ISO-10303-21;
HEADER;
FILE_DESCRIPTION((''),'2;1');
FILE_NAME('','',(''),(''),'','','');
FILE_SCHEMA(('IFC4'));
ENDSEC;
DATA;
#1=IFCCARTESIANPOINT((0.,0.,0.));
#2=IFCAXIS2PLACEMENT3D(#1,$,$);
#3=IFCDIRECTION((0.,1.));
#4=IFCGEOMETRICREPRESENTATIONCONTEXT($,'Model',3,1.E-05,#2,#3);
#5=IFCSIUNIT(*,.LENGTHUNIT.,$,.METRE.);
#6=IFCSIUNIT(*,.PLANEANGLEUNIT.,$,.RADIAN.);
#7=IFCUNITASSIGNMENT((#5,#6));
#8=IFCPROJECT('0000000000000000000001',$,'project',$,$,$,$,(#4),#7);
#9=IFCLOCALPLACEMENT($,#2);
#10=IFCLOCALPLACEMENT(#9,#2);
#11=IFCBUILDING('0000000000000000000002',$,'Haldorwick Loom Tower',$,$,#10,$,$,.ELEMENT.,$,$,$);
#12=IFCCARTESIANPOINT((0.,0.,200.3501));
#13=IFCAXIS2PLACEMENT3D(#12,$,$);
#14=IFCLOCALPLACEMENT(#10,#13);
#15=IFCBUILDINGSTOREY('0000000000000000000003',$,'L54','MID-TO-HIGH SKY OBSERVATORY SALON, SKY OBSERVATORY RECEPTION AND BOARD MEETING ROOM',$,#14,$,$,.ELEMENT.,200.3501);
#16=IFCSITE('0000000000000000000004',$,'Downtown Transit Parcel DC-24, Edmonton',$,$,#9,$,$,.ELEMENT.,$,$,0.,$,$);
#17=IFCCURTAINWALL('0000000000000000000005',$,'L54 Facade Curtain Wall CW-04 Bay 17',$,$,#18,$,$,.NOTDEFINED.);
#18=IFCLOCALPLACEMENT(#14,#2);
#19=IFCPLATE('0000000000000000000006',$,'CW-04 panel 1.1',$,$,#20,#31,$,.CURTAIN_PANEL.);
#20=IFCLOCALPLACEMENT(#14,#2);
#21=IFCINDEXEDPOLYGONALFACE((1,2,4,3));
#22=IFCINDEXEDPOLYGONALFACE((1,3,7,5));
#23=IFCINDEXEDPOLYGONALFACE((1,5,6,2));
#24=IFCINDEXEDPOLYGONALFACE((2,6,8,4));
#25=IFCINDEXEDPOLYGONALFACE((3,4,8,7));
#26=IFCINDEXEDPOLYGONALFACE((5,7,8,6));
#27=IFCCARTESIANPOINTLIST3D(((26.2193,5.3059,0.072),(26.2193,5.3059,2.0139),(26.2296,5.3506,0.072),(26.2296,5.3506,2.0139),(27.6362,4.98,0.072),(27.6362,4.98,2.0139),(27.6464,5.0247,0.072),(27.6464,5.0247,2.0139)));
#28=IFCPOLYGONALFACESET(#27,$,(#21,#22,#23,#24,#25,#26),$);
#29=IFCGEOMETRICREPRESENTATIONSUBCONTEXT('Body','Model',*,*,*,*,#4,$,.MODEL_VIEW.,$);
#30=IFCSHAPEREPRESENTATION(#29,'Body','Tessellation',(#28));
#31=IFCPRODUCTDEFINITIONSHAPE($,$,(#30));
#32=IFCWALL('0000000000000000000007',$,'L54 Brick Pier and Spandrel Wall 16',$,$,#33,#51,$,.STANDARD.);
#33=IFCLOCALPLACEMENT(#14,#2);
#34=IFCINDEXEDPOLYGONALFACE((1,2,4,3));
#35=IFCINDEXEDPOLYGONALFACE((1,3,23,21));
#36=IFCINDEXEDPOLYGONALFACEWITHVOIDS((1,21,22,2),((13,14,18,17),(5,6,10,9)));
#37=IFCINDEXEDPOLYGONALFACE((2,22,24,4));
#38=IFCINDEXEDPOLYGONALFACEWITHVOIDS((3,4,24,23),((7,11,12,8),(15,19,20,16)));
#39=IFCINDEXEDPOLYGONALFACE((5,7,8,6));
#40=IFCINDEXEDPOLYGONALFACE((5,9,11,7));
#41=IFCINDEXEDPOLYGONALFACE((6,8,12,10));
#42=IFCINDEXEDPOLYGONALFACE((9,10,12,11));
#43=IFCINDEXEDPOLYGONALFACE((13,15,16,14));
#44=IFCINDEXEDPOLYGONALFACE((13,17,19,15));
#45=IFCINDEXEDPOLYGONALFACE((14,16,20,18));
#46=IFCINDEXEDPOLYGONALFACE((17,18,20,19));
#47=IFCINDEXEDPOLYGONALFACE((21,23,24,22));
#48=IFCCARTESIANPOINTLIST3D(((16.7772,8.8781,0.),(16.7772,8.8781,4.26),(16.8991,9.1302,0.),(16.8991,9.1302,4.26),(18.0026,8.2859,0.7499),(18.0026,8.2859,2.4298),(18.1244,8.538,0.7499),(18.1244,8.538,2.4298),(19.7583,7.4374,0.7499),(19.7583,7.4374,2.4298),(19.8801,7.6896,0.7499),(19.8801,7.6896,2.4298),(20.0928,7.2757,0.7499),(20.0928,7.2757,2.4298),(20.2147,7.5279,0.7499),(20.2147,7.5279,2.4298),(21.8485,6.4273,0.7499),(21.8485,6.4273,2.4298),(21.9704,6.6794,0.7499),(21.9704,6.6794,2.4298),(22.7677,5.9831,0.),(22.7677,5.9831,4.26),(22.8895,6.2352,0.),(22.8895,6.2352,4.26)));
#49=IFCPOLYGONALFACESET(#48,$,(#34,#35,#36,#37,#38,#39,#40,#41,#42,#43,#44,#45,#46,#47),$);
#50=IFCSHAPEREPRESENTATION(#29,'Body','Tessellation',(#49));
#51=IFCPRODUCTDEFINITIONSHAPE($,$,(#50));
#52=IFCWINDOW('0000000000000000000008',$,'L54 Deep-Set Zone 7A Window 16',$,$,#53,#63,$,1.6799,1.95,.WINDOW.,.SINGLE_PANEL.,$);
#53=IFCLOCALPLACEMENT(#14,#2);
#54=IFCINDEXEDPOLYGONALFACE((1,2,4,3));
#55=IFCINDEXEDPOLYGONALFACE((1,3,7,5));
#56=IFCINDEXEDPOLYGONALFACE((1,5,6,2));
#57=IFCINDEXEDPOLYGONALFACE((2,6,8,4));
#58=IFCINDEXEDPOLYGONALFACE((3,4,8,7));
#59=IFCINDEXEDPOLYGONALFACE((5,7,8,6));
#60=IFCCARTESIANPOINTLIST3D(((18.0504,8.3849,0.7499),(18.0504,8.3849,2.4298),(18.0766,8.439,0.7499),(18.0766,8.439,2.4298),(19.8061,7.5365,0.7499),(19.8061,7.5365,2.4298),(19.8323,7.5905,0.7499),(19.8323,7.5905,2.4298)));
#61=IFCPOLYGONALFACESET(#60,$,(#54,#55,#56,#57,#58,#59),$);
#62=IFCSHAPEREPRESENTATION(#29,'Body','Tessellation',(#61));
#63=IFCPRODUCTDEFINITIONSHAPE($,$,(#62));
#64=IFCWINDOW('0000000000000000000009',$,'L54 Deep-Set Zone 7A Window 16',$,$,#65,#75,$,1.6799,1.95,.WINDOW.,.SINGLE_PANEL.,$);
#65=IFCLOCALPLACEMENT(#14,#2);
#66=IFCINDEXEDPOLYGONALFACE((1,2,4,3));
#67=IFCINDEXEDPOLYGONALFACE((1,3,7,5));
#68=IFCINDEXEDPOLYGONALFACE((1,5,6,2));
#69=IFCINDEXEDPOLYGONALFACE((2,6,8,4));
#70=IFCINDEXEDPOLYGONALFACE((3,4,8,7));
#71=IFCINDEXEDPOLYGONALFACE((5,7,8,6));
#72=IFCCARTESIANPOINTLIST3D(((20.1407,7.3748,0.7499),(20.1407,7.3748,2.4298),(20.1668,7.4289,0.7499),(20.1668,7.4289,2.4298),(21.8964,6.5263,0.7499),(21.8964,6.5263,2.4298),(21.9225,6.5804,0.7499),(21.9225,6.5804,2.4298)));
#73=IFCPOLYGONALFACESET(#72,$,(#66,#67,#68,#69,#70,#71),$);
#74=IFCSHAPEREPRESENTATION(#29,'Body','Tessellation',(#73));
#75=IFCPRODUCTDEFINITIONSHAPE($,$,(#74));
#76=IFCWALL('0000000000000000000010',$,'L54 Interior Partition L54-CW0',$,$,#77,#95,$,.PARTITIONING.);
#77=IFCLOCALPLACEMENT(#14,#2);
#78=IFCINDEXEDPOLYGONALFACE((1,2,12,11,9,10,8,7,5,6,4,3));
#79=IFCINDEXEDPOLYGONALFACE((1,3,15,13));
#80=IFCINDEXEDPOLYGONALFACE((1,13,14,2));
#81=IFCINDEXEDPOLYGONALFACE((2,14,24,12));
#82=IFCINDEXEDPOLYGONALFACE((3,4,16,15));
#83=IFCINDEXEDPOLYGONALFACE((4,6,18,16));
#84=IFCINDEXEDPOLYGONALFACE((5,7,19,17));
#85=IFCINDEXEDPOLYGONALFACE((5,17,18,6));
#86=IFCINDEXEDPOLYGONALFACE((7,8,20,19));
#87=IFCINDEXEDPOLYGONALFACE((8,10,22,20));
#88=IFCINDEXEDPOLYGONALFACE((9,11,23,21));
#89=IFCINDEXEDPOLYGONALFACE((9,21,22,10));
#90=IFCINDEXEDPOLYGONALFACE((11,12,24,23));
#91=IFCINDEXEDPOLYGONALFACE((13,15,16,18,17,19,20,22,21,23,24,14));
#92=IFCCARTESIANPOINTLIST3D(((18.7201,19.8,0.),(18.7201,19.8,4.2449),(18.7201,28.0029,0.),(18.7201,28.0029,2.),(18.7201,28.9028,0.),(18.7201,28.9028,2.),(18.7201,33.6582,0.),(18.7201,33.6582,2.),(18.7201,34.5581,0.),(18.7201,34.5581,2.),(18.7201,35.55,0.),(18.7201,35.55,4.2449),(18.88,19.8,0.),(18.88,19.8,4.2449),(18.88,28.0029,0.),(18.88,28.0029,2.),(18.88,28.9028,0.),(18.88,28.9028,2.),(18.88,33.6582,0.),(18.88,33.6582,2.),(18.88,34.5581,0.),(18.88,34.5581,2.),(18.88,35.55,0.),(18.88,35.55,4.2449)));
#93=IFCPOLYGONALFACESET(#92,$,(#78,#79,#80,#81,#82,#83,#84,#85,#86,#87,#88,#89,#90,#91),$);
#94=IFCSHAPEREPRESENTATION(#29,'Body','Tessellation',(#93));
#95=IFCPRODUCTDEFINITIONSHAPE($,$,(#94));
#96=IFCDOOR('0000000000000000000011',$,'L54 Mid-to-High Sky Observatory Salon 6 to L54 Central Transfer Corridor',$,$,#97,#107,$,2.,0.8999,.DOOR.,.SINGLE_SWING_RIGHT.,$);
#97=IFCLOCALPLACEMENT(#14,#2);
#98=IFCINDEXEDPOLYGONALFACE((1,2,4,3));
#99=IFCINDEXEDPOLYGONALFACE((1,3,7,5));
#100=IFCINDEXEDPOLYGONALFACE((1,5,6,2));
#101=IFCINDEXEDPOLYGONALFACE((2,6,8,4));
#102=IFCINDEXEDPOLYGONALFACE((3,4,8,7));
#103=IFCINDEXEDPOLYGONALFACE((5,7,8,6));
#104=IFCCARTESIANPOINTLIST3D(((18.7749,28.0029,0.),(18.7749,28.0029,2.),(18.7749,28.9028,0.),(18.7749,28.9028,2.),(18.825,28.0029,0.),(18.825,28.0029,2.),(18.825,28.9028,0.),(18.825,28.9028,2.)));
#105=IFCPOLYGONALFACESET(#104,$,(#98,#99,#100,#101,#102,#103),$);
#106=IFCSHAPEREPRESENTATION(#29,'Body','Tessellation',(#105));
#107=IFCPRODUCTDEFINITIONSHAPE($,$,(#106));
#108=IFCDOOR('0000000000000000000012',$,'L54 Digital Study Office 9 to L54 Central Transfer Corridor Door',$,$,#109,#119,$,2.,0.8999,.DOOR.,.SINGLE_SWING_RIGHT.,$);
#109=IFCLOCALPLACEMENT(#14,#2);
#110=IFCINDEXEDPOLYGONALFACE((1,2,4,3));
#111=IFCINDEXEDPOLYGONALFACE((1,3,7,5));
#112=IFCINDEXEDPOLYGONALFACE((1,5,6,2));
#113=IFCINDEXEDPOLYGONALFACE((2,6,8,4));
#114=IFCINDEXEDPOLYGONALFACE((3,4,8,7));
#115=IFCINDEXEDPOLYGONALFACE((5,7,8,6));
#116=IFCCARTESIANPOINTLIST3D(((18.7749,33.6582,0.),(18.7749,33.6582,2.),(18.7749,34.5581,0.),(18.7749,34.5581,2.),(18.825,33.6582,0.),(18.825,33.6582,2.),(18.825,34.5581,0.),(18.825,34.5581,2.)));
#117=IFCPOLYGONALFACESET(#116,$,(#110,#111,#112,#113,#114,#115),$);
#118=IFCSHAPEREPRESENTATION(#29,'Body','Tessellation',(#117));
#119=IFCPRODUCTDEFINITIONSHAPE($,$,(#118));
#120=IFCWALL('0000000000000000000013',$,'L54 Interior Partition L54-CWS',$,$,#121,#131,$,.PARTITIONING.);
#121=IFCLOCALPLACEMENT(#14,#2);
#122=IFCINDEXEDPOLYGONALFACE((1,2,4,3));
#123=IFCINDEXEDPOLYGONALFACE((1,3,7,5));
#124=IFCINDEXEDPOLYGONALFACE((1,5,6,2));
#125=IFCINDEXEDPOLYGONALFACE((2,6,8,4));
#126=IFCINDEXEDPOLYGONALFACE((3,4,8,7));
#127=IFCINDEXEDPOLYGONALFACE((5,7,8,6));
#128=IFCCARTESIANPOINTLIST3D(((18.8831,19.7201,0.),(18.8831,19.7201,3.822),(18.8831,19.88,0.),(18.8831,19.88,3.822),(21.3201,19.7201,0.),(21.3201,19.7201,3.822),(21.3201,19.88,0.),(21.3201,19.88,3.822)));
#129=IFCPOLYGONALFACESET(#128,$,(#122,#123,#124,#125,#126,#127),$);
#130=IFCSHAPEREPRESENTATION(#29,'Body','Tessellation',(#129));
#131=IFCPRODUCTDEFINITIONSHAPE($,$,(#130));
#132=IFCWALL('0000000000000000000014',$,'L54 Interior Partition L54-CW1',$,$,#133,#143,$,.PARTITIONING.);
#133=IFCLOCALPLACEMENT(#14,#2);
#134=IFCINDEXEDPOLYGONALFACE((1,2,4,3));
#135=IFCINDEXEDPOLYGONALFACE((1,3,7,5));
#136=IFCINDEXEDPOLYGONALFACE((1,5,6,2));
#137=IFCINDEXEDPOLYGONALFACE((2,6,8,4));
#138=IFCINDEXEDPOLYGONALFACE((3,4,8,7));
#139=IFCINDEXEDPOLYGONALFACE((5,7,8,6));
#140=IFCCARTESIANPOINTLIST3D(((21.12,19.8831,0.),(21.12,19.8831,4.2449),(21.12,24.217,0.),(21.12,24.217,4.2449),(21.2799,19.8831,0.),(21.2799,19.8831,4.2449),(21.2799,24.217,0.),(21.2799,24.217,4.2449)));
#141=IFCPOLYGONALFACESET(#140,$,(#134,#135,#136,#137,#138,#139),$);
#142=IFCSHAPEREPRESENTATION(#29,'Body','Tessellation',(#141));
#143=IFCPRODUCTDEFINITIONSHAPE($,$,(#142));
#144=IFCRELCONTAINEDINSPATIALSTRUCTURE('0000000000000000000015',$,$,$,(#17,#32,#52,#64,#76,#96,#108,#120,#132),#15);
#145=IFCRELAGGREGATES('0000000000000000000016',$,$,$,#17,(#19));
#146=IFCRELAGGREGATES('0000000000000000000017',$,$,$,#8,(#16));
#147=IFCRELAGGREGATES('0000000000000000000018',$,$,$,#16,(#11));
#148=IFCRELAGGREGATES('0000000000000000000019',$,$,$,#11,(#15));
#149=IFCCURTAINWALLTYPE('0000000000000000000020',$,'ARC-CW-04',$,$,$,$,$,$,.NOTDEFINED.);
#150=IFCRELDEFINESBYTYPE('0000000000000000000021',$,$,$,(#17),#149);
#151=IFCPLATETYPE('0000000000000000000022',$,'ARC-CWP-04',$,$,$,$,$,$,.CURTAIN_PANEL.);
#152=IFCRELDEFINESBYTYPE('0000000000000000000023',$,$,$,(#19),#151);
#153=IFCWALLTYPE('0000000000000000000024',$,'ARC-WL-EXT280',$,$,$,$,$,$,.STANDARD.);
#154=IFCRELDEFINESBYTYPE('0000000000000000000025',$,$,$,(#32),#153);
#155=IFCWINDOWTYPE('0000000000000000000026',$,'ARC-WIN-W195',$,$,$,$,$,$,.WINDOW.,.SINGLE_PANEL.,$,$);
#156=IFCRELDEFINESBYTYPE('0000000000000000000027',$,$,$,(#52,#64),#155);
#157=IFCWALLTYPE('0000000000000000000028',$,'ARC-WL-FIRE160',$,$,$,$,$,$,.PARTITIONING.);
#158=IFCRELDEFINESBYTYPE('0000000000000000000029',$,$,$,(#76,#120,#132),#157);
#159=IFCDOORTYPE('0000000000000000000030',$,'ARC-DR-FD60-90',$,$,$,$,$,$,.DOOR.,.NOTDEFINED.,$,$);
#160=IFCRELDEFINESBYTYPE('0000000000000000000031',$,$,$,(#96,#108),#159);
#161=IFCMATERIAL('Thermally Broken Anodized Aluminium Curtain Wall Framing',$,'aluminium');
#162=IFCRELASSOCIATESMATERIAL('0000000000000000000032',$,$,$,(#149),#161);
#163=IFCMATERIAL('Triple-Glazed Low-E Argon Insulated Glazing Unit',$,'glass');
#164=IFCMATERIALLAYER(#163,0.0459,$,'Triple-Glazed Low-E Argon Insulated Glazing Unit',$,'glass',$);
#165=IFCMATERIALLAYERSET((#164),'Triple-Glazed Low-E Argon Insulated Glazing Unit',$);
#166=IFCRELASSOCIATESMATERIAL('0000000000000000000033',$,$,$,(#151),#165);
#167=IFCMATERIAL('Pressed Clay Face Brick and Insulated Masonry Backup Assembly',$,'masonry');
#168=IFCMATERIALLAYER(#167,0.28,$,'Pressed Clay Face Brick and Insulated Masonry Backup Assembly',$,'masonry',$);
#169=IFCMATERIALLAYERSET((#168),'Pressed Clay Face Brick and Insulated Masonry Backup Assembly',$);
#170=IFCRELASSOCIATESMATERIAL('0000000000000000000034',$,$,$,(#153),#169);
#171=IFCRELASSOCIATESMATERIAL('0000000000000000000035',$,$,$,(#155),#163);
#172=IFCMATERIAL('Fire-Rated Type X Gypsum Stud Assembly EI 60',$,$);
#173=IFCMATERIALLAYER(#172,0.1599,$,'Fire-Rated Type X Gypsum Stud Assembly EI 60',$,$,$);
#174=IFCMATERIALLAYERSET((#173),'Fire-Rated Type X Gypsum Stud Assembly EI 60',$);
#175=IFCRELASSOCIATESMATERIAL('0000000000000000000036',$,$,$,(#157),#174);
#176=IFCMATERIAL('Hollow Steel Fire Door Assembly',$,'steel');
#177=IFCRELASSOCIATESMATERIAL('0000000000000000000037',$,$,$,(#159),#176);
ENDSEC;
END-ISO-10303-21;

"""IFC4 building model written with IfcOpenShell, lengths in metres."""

from ifc_helpers import new_model, si_unit, direction, frame, frame_2d, origin, origin_2d, place, context, subcontext, project, spatial, rectangle, extrude, material, layer, layer_set, type_object, element, fill, aggregate, save


model = new_model("IFC4")

# Units and contexts
model_context = context("Model", 3, precision=1e-05, world=origin(), true_north=direction((0.0, 1.0)))
body_context = subcontext(model_context, "Body", "Model", "MODEL_VIEW")
ifc_project = project(units=[si_unit("LENGTHUNIT", "METRE"), si_unit("PLANEANGLEUNIT", "RADIAN")], contexts=[model_context])

# Site, building, storey
site_placement = place(None, origin())
site = spatial("IfcSite", under=ifc_project, at=site_placement, Name="Downtown Transit Parcel DC-24, Edmonton", CompositionType="ELEMENT", RefElevation=0.0)
building_placement = place(site_placement, origin())
building = spatial("IfcBuilding", under=site, at=building_placement, Name="Haldorwick Loom Tower", CompositionType="ELEMENT")
storey_placement = place(building_placement, frame((0.0, 0.0, 200.3501)))
storey = spatial("IfcBuildingStorey", under=building, at=storey_placement, Name="L54", Description="MID-TO-HIGH SKY OBSERVATORY SALON, SKY OBSERVATORY RECEPTION AND BOARD MEETING ROOM", CompositionType="ELEMENT", Elevation=200.3501)

# Curtain wall
ifc_material_1 = material(Name="Thermally Broken Anodized Aluminium Curtain Wall Framing", Category="aluminium")
curtain_wall_type = type_object("IfcCurtainWallType", Name="ARC-CW-04", PredefinedType="NOTDEFINED", material=ifc_material_1)
curtain_wall_placement = place(storey_placement, origin())
curtain_wall = element("IfcCurtainWall", 1, at=curtain_wall_placement, inside=storey, type_object=curtain_wall_type, Name="L54 Facade Curtain Wall CW-04 Bay 17", PredefinedType="NOTDEFINED")

# Plate
ifc_material_2 = material(Name="Triple-Glazed Low-E Argon Insulated Glazing Unit", Category="glass")
ifc_layer_1 = layer(ifc_material_2, 0.0459, Name="Triple-Glazed Low-E Argon Insulated Glazing Unit", Category="glass")
ifc_layer_set_1 = layer_set([ifc_layer_1], Name="Triple-Glazed Low-E Argon Insulated Glazing Unit")
plate_type = type_object("IfcPlateType", Name="ARC-CWP-04", PredefinedType="CURTAIN_PANEL", material=ifc_layer_set_1)
plate_placement = place(storey_placement, frame((26.9329, 5.1653, 0.072), z_axis=(0.0, 0.0, 1.0), x_axis=(0.974557, -0.224142, 0.0)))
plate = element("IfcPlate", 2, at=plate_placement, type_object=plate_type, Name="CW-04 panel 1.1", PredefinedType="CURTAIN_PANEL", context=body_context, shape_type="SweptSolid", body=[
    extrude(rectangle(XDim=1.4539, YDim=0.0459, at=origin_2d()), origin(), (0.0, 0.0, 1.0), 1.9419),
])
aggregate(curtain_wall, [plate])

# Wall, openings, windows
ifc_material_3 = material(Name="Pressed Clay Face Brick and Insulated Masonry Backup Assembly", Category="masonry")
ifc_layer_2 = layer(ifc_material_3, 0.28, Name="Pressed Clay Face Brick and Insulated Masonry Backup Assembly", Category="masonry")
ifc_layer_set_2 = layer_set([ifc_layer_2], Name="Pressed Clay Face Brick and Insulated Masonry Backup Assembly")
wall_type_1 = type_object("IfcWallType", Name="ARC-WL-EXT280", PredefinedType="STANDARD", material=ifc_layer_set_2)
wall_1_placement = place(storey_placement, frame((16.8381, 9.0042, 0.0), z_axis=(0.0, 0.0, 1.0), x_axis=(0.900371, -0.435123, 0.0)))
wall_1 = element("IfcWall", 3, at=wall_1_placement, inside=storey, type_object=wall_type_1, Name="L54 Brick Pier and Spandrel Wall 16", PredefinedType="STANDARD", context=body_context, shape_type="SweptSolid", body=[
    extrude(rectangle(XDim=6.6533, YDim=0.28, at=frame_2d((3.3267, 0.0))), origin(), (0.0, 0.0, 1.0), 4.26),
])
opening_1_placement = place(wall_1_placement, frame((1.3608, 0.0, 0.75)))
opening_1 = element("IfcOpeningElement", 4, at=opening_1_placement, cuts=wall_1, PredefinedType="OPENING", context=body_context, shape_type="SweptSolid", body=[
    extrude(rectangle(XDim=1.95, YDim=1.6799, at=frame_2d((0.9751, 0.8398))), frame((0.0, 0.1499, 0.0), z_axis=(0.0, -1.0, 0.0), x_axis=(1.0, 0.0, 0.0)), (0.0, 0.0, 1.0), 0.3),
])
opening_2_placement = place(wall_1_placement, frame((3.6824, 0.0, 0.75)))
opening_2 = element("IfcOpeningElement", 5, at=opening_2_placement, cuts=wall_1, PredefinedType="OPENING", context=body_context, shape_type="SweptSolid", body=[
    extrude(rectangle(XDim=1.95, YDim=1.6799, at=frame_2d((0.9751, 0.8398))), frame((0.0, 0.1499, 0.0), z_axis=(0.0, -1.0, 0.0), x_axis=(1.0, 0.0, 0.0)), (0.0, 0.0, 1.0), 0.3),
])
window_type = type_object("IfcWindowType", Name="ARC-WIN-W195", PartitioningType="SINGLE_PANEL", PredefinedType="WINDOW", material=ifc_material_2)
window_1_placement = place(opening_1_placement, origin())
window_1 = element("IfcWindow", 6, at=window_1_placement, inside=storey, type_object=window_type, Name="L54 Deep-Set Zone 7A Window 16", OverallHeight=1.6799, OverallWidth=1.95, PartitioningType="SINGLE_PANEL", PredefinedType="WINDOW", context=body_context, shape_type="SweptSolid", body=[
    extrude(rectangle(XDim=1.95, YDim=1.6799, at=frame_2d((0.9751, 0.8398))), frame((0.0, 0.03, 0.0), z_axis=(0.0, -1.0, 0.0), x_axis=(1.0, 0.0, 0.0)), (0.0, 0.0, 1.0), 0.0601),
])
fill(opening_1, window_1)
window_2_placement = place(opening_2_placement, origin())
window_2 = element("IfcWindow", 7, at=window_2_placement, inside=storey, type_object=window_type, Name="L54 Deep-Set Zone 7A Window 16", OverallHeight=1.6799, OverallWidth=1.95, PartitioningType="SINGLE_PANEL", PredefinedType="WINDOW", context=body_context, shape_type="SweptSolid", body=[
    extrude(rectangle(XDim=1.95, YDim=1.6799, at=frame_2d((0.9751, 0.8398))), frame((0.0, 0.03, 0.0), z_axis=(0.0, -1.0, 0.0), x_axis=(1.0, 0.0, 0.0)), (0.0, 0.0, 1.0), 0.0601),
])
fill(opening_2, window_2)

# Wall, openings, doors
ifc_material_4 = material(Name="Fire-Rated Type X Gypsum Stud Assembly EI 60")
ifc_layer_3 = layer(ifc_material_4, 0.1599, Name="Fire-Rated Type X Gypsum Stud Assembly EI 60")
ifc_layer_set_3 = layer_set([ifc_layer_3], Name="Fire-Rated Type X Gypsum Stud Assembly EI 60")
wall_type_2 = type_object("IfcWallType", Name="ARC-WL-FIRE160", PredefinedType="PARTITIONING", material=ifc_layer_set_3)
wall_2_placement = place(storey_placement, frame((18.8, 19.8, 0.0), z_axis=(0.0, 0.0, 1.0), x_axis=(0.0, 1.0, 0.0)))
wall_2 = element("IfcWall", 8, at=wall_2_placement, inside=storey, type_object=wall_type_2, Name="L54 Interior Partition L54-CW0", PredefinedType="PARTITIONING", context=body_context, shape_type="SweptSolid", body=[
    extrude(rectangle(XDim=15.75, YDim=0.1599, at=frame_2d((7.875, 0.0))), origin(), (0.0, 0.0, 1.0), 4.2449),
])
opening_3_placement = place(wall_2_placement, frame((8.2029, 0.0, 0.0)))
opening_3 = element("IfcOpeningElement", 9, at=opening_3_placement, cuts=wall_2, PredefinedType="OPENING", context=body_context, shape_type="SweptSolid", body=[
    extrude(rectangle(XDim=0.8999, YDim=2.0, at=frame_2d((0.45, 1.0))), frame((0.0, 0.0898, 0.0), z_axis=(0.0, -1.0, 0.0), x_axis=(1.0, 0.0, 0.0)), (0.0, 0.0, 1.0), 0.1799),
])
opening_4_placement = place(wall_2_placement, frame((13.8582, 0.0, 0.0)))
opening_4 = element("IfcOpeningElement", 10, at=opening_4_placement, cuts=wall_2, PredefinedType="OPENING", context=body_context, shape_type="SweptSolid", body=[
    extrude(rectangle(XDim=0.8999, YDim=2.0, at=frame_2d((0.45, 1.0))), frame((0.0, 0.0898, 0.0), z_axis=(0.0, -1.0, 0.0), x_axis=(1.0, 0.0, 0.0)), (0.0, 0.0, 1.0), 0.1799),
])
ifc_material_5 = material(Name="Hollow Steel Fire Door Assembly", Category="steel")
door_type = type_object("IfcDoorType", Name="ARC-DR-FD60-90", OperationType="NOTDEFINED", PredefinedType="DOOR", material=ifc_material_5)
door_1_placement = place(opening_3_placement, frame((0.8999, 0.0, 0.0), z_axis=(0.0, 0.0, 1.0), x_axis=(-1.0, 0.0, 0.0)))
door_1 = element("IfcDoor", 11, at=door_1_placement, inside=storey, type_object=door_type, Name="L54 Mid-to-High Sky Observatory Salon 6 to L54 Central Transfer Corridor", OperationType="SINGLE_SWING_RIGHT", OverallHeight=2.0, OverallWidth=0.8999, PredefinedType="DOOR", context=body_context, shape_type="SweptSolid", body=[
    extrude(rectangle(XDim=0.8999, YDim=2.0, at=frame_2d((0.45, 1.0))), frame((0.0, 0.0249, 0.0), z_axis=(0.0, -1.0, 0.0), x_axis=(1.0, 0.0, 0.0)), (0.0, 0.0, 1.0), 0.05),
])
fill(opening_3, door_1)
door_2_placement = place(opening_4_placement, frame((0.8999, 0.0, 0.0), z_axis=(0.0, 0.0, 1.0), x_axis=(-1.0, 0.0, 0.0)))
door_2 = element("IfcDoor", 12, at=door_2_placement, inside=storey, type_object=door_type, Name="L54 Digital Study Office 9 to L54 Central Transfer Corridor Door", OperationType="SINGLE_SWING_RIGHT", OverallHeight=2.0, OverallWidth=0.8999, PredefinedType="DOOR", context=body_context, shape_type="SweptSolid", body=[
    extrude(rectangle(XDim=0.8999, YDim=2.0, at=frame_2d((0.45, 1.0))), frame((0.0, 0.0249, 0.0), z_axis=(0.0, -1.0, 0.0), x_axis=(1.0, 0.0, 0.0)), (0.0, 0.0, 1.0), 0.05),
])
fill(opening_4, door_2)

# Walls
wall_3_placement = place(storey_placement, frame((18.8831, 19.8, 0.0), z_axis=(0.0, 0.0, 1.0), x_axis=(1.0, 0.0, 0.0)))
element("IfcWall", 13, at=wall_3_placement, inside=storey, type_object=wall_type_2, Name="L54 Interior Partition L54-CWS", PredefinedType="PARTITIONING", context=body_context, shape_type="SweptSolid", body=[
    extrude(rectangle(XDim=2.437, YDim=0.1599, at=frame_2d((1.2185, 0.0))), origin(), (0.0, 0.0, 1.0), 3.822),
])
wall_4_placement = place(storey_placement, frame((21.2, 19.8831, 0.0), z_axis=(0.0, 0.0, 1.0), x_axis=(0.0, 1.0, 0.0)))
element("IfcWall", 14, at=wall_4_placement, inside=storey, type_object=wall_type_2, Name="L54 Interior Partition L54-CW1", PredefinedType="PARTITIONING", context=body_context, shape_type="SweptSolid", body=[
    extrude(rectangle(XDim=4.334, YDim=0.1599, at=frame_2d((2.167, 0.0))), origin(), (0.0, 0.0, 1.0), 4.2449),
])

save(model, "model.ifc")
